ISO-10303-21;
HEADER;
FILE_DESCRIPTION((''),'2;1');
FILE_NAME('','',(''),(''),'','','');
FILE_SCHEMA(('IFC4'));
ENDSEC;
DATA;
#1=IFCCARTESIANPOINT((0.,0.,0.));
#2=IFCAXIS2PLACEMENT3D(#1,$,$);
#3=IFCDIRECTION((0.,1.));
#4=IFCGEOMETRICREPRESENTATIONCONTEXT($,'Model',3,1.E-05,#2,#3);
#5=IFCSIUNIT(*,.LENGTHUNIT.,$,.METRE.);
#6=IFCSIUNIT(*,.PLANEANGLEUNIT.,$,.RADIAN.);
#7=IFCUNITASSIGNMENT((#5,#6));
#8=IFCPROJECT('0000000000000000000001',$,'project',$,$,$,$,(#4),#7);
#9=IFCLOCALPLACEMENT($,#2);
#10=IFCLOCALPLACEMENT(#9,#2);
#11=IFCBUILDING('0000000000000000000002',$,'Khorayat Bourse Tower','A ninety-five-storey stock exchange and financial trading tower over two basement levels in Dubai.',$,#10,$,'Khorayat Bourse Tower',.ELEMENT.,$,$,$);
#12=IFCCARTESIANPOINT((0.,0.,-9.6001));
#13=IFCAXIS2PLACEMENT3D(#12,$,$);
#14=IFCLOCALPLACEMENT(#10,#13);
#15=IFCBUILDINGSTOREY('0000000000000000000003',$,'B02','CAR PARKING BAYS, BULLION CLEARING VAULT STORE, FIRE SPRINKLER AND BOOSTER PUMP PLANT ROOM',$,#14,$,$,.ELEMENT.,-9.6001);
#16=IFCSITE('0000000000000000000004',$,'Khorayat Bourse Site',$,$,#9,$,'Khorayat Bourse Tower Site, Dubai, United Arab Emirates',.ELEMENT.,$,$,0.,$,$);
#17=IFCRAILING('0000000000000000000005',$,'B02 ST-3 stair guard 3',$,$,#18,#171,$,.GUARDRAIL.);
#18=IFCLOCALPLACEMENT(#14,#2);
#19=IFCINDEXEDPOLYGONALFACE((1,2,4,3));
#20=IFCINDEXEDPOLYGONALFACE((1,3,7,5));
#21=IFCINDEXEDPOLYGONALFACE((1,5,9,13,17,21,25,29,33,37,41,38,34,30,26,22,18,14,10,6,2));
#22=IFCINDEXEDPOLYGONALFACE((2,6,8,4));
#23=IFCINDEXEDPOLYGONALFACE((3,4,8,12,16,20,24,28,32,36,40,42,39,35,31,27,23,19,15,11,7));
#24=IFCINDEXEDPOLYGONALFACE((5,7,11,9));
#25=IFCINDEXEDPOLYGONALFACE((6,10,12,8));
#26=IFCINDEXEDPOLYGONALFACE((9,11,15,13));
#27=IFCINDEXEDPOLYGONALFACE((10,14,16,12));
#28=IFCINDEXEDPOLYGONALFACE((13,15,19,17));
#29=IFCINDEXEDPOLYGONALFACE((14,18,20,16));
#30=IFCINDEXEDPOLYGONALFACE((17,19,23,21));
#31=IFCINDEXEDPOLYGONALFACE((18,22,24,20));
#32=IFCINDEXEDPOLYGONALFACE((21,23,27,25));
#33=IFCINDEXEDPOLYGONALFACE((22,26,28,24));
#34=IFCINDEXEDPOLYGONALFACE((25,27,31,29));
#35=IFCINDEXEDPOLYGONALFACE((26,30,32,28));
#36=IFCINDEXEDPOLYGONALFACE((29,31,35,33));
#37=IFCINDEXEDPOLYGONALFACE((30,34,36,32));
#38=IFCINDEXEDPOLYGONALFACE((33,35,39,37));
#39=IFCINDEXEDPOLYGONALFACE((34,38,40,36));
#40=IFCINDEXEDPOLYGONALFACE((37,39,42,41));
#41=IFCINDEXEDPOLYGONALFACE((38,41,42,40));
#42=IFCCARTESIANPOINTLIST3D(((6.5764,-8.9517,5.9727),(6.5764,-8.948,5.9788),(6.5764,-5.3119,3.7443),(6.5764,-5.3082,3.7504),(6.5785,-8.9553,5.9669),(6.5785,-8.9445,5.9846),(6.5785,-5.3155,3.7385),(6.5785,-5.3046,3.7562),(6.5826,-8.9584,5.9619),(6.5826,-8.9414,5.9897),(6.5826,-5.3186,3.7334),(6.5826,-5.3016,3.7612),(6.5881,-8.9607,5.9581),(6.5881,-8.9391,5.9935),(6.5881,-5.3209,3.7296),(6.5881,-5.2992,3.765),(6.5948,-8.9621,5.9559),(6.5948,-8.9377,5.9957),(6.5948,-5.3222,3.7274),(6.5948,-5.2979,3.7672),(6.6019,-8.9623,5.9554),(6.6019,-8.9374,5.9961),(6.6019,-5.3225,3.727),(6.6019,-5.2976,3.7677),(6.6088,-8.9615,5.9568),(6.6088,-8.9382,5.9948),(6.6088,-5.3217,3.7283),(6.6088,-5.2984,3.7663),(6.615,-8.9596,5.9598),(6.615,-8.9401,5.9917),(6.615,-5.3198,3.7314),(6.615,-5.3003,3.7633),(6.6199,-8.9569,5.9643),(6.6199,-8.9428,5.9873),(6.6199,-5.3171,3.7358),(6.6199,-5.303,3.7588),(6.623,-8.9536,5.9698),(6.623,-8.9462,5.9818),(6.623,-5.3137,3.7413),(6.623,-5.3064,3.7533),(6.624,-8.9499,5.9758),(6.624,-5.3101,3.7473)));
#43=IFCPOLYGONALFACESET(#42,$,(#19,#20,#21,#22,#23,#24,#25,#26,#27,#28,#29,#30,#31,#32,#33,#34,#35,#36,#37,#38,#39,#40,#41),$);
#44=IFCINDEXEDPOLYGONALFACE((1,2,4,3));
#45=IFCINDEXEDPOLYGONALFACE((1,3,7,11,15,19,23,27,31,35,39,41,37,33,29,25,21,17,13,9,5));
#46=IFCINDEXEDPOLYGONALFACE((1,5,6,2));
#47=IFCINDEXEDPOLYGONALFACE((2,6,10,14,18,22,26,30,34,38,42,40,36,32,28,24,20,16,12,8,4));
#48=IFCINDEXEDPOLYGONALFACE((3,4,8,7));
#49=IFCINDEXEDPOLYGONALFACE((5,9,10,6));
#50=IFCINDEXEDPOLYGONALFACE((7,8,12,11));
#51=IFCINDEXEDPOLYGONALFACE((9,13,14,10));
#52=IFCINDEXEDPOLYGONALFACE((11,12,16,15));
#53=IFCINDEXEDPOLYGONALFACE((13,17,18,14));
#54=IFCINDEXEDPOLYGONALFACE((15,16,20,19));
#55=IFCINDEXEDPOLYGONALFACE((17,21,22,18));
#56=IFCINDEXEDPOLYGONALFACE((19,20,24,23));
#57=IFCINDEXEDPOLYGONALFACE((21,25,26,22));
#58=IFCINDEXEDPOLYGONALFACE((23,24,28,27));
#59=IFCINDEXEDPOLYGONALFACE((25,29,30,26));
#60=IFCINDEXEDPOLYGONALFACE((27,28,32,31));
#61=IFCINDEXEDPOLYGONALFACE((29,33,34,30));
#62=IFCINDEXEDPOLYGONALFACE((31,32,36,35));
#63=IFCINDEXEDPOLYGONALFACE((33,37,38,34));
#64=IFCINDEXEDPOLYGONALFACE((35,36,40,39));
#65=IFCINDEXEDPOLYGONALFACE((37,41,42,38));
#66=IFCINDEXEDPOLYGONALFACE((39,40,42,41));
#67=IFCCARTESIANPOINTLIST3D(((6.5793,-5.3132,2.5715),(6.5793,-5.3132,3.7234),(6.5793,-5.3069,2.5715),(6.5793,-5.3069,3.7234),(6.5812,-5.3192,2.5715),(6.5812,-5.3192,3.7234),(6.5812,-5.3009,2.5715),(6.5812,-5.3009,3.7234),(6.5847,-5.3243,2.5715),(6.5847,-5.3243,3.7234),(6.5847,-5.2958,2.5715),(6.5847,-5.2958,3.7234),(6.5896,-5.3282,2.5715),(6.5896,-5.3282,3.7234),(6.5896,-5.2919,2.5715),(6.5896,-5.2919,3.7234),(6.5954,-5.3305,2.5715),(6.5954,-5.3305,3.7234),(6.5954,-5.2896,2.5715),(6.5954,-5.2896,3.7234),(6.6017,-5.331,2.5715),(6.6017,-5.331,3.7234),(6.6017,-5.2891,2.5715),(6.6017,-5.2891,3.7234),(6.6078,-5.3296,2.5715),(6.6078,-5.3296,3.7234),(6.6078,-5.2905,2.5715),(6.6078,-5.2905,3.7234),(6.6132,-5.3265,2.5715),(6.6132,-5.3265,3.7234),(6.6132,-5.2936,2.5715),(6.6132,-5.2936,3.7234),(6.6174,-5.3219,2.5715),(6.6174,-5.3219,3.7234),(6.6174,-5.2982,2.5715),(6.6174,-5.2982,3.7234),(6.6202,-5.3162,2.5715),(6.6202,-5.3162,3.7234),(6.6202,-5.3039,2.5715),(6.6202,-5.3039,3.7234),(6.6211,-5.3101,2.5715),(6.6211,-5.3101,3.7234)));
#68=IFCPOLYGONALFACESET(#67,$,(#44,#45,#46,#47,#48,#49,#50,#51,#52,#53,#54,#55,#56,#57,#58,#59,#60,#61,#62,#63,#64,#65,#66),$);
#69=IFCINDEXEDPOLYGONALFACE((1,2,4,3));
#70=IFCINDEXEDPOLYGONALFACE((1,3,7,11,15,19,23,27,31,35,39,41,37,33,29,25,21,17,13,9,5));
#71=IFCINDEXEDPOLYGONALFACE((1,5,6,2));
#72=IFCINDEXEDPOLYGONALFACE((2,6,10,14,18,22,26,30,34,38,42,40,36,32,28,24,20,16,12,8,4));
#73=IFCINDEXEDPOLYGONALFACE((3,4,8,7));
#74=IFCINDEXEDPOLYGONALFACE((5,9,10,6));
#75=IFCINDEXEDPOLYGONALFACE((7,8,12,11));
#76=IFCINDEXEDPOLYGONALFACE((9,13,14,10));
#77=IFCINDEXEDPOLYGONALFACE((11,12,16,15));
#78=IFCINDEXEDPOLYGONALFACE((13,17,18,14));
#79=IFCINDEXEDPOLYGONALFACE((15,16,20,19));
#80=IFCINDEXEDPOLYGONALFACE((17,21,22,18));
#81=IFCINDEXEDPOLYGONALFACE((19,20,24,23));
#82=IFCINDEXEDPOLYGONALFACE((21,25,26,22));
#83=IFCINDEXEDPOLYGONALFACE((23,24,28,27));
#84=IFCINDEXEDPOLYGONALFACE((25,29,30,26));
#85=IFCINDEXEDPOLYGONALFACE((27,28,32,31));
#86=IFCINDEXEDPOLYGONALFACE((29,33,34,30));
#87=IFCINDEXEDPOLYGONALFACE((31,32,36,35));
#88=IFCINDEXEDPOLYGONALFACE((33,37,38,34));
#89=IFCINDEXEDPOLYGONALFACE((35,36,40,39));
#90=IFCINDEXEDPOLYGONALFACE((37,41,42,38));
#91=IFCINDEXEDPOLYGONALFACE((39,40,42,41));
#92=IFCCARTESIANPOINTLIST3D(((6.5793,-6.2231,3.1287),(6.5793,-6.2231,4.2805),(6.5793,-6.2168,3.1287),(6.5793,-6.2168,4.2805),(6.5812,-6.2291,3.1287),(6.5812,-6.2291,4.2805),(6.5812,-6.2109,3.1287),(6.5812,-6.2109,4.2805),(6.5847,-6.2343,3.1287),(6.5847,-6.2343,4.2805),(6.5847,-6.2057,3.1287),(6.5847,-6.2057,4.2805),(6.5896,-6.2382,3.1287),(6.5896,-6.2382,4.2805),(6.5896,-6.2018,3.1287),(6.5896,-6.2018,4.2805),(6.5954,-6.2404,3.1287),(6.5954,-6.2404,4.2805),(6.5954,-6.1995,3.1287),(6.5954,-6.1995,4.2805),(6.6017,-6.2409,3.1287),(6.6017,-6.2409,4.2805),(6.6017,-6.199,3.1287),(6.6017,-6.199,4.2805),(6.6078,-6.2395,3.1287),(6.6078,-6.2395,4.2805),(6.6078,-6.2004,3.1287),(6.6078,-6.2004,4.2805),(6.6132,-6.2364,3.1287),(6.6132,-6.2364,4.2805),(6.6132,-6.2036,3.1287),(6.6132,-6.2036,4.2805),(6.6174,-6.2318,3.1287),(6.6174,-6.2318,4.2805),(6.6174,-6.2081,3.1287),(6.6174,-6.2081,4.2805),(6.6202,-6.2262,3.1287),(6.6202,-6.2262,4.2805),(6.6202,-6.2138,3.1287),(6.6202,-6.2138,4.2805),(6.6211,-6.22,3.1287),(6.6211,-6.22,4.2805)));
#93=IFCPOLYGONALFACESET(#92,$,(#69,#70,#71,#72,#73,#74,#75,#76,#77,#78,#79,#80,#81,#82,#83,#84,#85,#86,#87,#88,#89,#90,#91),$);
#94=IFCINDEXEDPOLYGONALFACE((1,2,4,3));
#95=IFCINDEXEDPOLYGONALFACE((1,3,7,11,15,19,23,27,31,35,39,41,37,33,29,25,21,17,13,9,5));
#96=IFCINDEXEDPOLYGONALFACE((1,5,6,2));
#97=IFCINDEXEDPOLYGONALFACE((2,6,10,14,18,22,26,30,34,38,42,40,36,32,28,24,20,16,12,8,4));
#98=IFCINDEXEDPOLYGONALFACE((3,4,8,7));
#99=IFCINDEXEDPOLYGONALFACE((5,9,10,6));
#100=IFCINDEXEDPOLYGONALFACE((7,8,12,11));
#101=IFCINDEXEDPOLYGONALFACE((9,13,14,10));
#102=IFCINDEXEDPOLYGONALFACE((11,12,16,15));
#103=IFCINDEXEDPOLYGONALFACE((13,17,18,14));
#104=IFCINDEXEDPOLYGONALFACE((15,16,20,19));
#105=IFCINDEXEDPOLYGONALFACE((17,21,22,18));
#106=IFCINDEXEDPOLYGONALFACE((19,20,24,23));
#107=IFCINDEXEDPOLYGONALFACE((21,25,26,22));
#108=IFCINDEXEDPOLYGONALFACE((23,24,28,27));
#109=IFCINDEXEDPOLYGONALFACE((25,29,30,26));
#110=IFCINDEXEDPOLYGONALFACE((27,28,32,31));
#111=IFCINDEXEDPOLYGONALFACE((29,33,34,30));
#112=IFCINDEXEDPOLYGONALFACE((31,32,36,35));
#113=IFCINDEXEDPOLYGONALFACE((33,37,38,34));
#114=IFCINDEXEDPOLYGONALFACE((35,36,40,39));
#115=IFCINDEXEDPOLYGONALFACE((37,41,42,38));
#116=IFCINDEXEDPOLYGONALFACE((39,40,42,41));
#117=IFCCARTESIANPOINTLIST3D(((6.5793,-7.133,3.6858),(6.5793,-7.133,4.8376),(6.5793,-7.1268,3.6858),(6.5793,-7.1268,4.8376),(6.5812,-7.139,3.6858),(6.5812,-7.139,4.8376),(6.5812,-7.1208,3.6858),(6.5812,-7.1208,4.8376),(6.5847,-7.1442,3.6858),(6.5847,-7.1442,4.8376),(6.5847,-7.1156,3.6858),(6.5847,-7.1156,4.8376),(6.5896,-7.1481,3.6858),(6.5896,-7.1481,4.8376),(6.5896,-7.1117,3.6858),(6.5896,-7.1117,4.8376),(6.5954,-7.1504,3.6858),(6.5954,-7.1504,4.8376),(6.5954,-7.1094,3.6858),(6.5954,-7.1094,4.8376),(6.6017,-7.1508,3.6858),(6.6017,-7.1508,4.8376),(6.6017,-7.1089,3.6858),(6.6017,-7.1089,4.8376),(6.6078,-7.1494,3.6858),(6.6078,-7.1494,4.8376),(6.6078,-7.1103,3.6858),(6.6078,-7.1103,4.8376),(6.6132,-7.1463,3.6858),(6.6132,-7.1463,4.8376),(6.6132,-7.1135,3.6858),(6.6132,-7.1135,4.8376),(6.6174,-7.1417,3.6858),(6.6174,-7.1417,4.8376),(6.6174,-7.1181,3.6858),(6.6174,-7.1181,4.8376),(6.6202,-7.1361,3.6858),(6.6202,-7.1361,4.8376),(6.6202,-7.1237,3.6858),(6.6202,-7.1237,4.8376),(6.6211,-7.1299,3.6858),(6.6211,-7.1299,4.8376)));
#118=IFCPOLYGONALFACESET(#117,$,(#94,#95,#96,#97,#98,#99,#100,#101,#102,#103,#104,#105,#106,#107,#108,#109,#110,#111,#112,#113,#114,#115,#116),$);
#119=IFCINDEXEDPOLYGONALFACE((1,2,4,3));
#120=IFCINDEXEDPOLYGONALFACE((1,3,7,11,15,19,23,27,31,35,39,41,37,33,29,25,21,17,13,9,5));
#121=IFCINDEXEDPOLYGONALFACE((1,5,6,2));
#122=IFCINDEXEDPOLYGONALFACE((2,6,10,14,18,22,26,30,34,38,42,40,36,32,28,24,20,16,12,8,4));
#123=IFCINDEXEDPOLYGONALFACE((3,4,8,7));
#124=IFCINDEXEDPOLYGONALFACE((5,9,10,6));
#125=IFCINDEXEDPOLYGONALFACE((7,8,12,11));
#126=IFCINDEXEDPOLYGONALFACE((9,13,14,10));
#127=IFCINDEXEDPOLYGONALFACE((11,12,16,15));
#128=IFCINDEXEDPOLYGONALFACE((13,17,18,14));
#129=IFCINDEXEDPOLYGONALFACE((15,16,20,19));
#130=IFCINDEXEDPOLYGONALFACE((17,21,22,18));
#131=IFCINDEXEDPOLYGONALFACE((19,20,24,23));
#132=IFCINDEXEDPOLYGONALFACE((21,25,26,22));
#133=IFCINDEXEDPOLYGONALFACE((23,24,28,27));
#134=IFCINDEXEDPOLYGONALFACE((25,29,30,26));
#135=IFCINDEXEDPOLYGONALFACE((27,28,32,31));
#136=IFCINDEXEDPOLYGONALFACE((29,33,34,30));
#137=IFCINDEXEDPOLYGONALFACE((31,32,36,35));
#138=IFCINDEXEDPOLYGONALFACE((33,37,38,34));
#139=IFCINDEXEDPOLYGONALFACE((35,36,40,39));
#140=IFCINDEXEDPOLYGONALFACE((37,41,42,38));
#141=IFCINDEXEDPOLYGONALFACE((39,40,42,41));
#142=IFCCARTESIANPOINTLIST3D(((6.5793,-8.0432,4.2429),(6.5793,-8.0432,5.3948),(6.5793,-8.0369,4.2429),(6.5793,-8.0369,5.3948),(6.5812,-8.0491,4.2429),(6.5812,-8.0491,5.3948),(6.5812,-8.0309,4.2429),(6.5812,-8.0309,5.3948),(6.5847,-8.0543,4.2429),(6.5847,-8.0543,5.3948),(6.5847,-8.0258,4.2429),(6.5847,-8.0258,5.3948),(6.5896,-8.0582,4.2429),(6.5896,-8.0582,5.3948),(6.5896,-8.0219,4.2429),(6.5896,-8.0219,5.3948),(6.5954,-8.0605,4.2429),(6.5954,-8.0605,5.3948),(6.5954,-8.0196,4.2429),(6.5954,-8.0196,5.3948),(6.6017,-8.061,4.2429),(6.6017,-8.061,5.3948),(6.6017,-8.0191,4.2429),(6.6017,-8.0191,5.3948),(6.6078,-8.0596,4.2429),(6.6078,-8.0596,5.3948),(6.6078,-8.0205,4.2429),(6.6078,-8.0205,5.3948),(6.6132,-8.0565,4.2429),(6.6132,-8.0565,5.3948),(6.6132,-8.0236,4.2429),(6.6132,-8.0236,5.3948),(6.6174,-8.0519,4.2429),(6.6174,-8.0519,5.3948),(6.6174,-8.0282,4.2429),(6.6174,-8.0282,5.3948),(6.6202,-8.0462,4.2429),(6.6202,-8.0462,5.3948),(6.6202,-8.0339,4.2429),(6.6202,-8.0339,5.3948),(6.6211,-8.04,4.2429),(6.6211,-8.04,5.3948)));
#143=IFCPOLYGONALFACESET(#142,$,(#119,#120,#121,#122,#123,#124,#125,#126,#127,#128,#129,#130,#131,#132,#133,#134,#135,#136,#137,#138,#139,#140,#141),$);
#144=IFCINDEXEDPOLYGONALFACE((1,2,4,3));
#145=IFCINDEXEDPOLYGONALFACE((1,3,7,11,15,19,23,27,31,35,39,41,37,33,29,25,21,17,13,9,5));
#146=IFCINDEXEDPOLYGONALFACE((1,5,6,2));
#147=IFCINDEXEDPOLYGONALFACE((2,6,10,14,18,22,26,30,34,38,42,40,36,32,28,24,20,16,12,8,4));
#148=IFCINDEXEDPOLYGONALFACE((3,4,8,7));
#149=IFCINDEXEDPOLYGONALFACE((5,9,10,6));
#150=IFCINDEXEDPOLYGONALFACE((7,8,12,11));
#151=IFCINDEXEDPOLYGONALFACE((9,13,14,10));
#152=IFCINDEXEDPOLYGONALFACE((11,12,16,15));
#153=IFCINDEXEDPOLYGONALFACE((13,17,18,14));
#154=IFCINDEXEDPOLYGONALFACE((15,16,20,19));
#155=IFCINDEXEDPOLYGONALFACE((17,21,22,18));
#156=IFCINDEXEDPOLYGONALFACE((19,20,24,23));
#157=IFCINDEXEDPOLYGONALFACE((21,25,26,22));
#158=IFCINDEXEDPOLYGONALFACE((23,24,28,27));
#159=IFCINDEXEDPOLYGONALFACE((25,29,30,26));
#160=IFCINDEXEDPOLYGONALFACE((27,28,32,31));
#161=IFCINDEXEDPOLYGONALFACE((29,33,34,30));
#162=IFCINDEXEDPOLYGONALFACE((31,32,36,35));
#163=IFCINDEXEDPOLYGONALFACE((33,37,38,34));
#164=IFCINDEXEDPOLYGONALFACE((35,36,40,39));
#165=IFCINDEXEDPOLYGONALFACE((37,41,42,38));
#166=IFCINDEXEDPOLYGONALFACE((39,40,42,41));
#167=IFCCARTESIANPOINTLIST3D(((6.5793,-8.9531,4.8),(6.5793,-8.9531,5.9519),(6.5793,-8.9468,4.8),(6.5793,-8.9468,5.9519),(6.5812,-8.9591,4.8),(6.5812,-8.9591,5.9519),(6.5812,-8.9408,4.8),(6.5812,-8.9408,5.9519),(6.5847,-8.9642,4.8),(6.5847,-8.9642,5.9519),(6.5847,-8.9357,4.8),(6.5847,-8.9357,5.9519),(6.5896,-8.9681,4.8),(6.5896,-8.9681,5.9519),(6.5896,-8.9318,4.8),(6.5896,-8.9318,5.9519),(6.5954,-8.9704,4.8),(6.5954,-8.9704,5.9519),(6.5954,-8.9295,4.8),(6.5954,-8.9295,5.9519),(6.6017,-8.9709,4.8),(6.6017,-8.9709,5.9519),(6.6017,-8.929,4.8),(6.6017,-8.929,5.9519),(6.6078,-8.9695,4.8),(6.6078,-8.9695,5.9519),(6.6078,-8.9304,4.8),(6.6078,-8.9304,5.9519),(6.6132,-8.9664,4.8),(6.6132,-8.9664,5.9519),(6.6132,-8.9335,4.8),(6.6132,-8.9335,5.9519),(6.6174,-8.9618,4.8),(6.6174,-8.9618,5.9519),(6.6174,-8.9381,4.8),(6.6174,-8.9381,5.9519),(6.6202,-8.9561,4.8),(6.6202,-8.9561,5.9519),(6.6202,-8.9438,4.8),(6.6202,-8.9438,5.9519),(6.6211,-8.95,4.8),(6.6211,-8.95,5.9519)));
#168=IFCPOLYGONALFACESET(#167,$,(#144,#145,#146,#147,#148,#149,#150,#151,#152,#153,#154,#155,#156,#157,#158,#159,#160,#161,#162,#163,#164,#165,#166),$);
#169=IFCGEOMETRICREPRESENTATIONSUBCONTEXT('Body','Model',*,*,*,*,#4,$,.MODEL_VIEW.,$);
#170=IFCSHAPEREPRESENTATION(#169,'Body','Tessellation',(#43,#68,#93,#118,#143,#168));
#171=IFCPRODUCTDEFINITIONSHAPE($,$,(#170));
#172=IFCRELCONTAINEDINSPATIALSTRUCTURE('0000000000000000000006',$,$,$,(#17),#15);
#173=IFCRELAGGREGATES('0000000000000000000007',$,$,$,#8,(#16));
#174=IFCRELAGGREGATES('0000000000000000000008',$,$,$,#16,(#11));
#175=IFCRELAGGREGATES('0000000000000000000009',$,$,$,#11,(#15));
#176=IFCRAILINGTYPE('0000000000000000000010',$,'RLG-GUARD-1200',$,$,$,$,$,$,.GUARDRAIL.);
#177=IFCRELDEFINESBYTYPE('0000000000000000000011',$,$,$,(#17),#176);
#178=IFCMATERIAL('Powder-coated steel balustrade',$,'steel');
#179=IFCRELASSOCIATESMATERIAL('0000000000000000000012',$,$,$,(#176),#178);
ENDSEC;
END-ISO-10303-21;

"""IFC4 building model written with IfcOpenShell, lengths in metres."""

from ifc_helpers import new_model, si_unit, direction, frame, origin, origin_2d, place, context, subcontext, project, spatial, circle, extrude, source, transform, mapped, material, type_object, element, save


model = new_model("IFC4")

# Units and contexts
model_context = context("Model", 3, precision=1e-05, world=origin(), true_north=direction((0.0, 1.0)))
body_context = subcontext(model_context, "Body", "Model", "MODEL_VIEW")
ifc_project = project(units=[si_unit("LENGTHUNIT", "METRE"), si_unit("PLANEANGLEUNIT", "RADIAN")], contexts=[model_context])

# Site, building, storey
site_placement = place(None, origin())
site = spatial("IfcSite", under=ifc_project, at=site_placement, Name="Khorayat Bourse Site", LongName="Khorayat Bourse Tower Site, Dubai, United Arab Emirates", CompositionType="ELEMENT", RefElevation=0.0)
building_placement = place(site_placement, origin())
building = spatial("IfcBuilding", under=site, at=building_placement, Name="Khorayat Bourse Tower", Description="A ninety-five-storey stock exchange and financial trading tower over two basement levels in Dubai.", LongName="Khorayat Bourse Tower", CompositionType="ELEMENT")
storey_placement = place(building_placement, frame((0.0, 0.0, -9.6001)))
storey = spatial("IfcBuildingStorey", under=building, at=storey_placement, Name="B02", Description="CAR PARKING BAYS, BULLION CLEARING VAULT STORE, FIRE SPRINKLER AND BOOSTER PUMP PLANT ROOM", CompositionType="ELEMENT", Elevation=-9.6001)

# Railing
ifc_material_1 = material(Name="Powder-coated steel balustrade", Category="steel")
railing_type_1 = type_object("IfcRailingType", Name="RLG-GUARD-1200", PredefinedType="GUARDRAIL", material=ifc_material_1)
shared_shape_1 = source(origin(), body_context, "Body", "SweptSolid", [
    extrude(circle(Radius=0.0239, at=origin_2d()), frame((0.0, 0.0, 1.1758), z_axis=(0.0, -0.85285, 0.522156), x_axis=(1.0, 0.0, 0.0)), (0.0, 0.0, 1.0), 4.2678),
    extrude(circle(Radius=0.021, at=origin_2d()), origin(), (0.0, 0.0, 1.0), 1.1519),
    extrude(circle(Radius=0.021, at=origin_2d()), frame((0.0, -0.9099, 0.5571)), (0.0, 0.0, 1.0), 1.1519),
    extrude(circle(Radius=0.021, at=origin_2d()), frame((0.0, -1.8198, 1.1143)), (0.0, 0.0, 1.0), 1.1519),
    extrude(circle(Radius=0.021, at=origin_2d()), frame((0.0, -2.73, 1.6714)), (0.0, 0.0, 1.0), 1.1519),
    extrude(circle(Radius=0.021, at=origin_2d()), frame((0.0, -3.6399, 2.2285)), (0.0, 0.0, 1.0), 1.1519),
])
railing_1_placement = place(storey_placement, frame((6.6001, -5.3101, 2.5715)))
element("IfcRailing", 1, at=railing_1_placement, inside=storey, type_object=railing_type_1, Name="B02 ST-3 stair guard 3", PredefinedType="GUARDRAIL", context=body_context, shape_type="MappedRepresentation", body=[
    mapped(shared_shape_1, transform((0.0, 0.0, 0.0), scale=1.0)),
])

save(model, "model.ifc")
